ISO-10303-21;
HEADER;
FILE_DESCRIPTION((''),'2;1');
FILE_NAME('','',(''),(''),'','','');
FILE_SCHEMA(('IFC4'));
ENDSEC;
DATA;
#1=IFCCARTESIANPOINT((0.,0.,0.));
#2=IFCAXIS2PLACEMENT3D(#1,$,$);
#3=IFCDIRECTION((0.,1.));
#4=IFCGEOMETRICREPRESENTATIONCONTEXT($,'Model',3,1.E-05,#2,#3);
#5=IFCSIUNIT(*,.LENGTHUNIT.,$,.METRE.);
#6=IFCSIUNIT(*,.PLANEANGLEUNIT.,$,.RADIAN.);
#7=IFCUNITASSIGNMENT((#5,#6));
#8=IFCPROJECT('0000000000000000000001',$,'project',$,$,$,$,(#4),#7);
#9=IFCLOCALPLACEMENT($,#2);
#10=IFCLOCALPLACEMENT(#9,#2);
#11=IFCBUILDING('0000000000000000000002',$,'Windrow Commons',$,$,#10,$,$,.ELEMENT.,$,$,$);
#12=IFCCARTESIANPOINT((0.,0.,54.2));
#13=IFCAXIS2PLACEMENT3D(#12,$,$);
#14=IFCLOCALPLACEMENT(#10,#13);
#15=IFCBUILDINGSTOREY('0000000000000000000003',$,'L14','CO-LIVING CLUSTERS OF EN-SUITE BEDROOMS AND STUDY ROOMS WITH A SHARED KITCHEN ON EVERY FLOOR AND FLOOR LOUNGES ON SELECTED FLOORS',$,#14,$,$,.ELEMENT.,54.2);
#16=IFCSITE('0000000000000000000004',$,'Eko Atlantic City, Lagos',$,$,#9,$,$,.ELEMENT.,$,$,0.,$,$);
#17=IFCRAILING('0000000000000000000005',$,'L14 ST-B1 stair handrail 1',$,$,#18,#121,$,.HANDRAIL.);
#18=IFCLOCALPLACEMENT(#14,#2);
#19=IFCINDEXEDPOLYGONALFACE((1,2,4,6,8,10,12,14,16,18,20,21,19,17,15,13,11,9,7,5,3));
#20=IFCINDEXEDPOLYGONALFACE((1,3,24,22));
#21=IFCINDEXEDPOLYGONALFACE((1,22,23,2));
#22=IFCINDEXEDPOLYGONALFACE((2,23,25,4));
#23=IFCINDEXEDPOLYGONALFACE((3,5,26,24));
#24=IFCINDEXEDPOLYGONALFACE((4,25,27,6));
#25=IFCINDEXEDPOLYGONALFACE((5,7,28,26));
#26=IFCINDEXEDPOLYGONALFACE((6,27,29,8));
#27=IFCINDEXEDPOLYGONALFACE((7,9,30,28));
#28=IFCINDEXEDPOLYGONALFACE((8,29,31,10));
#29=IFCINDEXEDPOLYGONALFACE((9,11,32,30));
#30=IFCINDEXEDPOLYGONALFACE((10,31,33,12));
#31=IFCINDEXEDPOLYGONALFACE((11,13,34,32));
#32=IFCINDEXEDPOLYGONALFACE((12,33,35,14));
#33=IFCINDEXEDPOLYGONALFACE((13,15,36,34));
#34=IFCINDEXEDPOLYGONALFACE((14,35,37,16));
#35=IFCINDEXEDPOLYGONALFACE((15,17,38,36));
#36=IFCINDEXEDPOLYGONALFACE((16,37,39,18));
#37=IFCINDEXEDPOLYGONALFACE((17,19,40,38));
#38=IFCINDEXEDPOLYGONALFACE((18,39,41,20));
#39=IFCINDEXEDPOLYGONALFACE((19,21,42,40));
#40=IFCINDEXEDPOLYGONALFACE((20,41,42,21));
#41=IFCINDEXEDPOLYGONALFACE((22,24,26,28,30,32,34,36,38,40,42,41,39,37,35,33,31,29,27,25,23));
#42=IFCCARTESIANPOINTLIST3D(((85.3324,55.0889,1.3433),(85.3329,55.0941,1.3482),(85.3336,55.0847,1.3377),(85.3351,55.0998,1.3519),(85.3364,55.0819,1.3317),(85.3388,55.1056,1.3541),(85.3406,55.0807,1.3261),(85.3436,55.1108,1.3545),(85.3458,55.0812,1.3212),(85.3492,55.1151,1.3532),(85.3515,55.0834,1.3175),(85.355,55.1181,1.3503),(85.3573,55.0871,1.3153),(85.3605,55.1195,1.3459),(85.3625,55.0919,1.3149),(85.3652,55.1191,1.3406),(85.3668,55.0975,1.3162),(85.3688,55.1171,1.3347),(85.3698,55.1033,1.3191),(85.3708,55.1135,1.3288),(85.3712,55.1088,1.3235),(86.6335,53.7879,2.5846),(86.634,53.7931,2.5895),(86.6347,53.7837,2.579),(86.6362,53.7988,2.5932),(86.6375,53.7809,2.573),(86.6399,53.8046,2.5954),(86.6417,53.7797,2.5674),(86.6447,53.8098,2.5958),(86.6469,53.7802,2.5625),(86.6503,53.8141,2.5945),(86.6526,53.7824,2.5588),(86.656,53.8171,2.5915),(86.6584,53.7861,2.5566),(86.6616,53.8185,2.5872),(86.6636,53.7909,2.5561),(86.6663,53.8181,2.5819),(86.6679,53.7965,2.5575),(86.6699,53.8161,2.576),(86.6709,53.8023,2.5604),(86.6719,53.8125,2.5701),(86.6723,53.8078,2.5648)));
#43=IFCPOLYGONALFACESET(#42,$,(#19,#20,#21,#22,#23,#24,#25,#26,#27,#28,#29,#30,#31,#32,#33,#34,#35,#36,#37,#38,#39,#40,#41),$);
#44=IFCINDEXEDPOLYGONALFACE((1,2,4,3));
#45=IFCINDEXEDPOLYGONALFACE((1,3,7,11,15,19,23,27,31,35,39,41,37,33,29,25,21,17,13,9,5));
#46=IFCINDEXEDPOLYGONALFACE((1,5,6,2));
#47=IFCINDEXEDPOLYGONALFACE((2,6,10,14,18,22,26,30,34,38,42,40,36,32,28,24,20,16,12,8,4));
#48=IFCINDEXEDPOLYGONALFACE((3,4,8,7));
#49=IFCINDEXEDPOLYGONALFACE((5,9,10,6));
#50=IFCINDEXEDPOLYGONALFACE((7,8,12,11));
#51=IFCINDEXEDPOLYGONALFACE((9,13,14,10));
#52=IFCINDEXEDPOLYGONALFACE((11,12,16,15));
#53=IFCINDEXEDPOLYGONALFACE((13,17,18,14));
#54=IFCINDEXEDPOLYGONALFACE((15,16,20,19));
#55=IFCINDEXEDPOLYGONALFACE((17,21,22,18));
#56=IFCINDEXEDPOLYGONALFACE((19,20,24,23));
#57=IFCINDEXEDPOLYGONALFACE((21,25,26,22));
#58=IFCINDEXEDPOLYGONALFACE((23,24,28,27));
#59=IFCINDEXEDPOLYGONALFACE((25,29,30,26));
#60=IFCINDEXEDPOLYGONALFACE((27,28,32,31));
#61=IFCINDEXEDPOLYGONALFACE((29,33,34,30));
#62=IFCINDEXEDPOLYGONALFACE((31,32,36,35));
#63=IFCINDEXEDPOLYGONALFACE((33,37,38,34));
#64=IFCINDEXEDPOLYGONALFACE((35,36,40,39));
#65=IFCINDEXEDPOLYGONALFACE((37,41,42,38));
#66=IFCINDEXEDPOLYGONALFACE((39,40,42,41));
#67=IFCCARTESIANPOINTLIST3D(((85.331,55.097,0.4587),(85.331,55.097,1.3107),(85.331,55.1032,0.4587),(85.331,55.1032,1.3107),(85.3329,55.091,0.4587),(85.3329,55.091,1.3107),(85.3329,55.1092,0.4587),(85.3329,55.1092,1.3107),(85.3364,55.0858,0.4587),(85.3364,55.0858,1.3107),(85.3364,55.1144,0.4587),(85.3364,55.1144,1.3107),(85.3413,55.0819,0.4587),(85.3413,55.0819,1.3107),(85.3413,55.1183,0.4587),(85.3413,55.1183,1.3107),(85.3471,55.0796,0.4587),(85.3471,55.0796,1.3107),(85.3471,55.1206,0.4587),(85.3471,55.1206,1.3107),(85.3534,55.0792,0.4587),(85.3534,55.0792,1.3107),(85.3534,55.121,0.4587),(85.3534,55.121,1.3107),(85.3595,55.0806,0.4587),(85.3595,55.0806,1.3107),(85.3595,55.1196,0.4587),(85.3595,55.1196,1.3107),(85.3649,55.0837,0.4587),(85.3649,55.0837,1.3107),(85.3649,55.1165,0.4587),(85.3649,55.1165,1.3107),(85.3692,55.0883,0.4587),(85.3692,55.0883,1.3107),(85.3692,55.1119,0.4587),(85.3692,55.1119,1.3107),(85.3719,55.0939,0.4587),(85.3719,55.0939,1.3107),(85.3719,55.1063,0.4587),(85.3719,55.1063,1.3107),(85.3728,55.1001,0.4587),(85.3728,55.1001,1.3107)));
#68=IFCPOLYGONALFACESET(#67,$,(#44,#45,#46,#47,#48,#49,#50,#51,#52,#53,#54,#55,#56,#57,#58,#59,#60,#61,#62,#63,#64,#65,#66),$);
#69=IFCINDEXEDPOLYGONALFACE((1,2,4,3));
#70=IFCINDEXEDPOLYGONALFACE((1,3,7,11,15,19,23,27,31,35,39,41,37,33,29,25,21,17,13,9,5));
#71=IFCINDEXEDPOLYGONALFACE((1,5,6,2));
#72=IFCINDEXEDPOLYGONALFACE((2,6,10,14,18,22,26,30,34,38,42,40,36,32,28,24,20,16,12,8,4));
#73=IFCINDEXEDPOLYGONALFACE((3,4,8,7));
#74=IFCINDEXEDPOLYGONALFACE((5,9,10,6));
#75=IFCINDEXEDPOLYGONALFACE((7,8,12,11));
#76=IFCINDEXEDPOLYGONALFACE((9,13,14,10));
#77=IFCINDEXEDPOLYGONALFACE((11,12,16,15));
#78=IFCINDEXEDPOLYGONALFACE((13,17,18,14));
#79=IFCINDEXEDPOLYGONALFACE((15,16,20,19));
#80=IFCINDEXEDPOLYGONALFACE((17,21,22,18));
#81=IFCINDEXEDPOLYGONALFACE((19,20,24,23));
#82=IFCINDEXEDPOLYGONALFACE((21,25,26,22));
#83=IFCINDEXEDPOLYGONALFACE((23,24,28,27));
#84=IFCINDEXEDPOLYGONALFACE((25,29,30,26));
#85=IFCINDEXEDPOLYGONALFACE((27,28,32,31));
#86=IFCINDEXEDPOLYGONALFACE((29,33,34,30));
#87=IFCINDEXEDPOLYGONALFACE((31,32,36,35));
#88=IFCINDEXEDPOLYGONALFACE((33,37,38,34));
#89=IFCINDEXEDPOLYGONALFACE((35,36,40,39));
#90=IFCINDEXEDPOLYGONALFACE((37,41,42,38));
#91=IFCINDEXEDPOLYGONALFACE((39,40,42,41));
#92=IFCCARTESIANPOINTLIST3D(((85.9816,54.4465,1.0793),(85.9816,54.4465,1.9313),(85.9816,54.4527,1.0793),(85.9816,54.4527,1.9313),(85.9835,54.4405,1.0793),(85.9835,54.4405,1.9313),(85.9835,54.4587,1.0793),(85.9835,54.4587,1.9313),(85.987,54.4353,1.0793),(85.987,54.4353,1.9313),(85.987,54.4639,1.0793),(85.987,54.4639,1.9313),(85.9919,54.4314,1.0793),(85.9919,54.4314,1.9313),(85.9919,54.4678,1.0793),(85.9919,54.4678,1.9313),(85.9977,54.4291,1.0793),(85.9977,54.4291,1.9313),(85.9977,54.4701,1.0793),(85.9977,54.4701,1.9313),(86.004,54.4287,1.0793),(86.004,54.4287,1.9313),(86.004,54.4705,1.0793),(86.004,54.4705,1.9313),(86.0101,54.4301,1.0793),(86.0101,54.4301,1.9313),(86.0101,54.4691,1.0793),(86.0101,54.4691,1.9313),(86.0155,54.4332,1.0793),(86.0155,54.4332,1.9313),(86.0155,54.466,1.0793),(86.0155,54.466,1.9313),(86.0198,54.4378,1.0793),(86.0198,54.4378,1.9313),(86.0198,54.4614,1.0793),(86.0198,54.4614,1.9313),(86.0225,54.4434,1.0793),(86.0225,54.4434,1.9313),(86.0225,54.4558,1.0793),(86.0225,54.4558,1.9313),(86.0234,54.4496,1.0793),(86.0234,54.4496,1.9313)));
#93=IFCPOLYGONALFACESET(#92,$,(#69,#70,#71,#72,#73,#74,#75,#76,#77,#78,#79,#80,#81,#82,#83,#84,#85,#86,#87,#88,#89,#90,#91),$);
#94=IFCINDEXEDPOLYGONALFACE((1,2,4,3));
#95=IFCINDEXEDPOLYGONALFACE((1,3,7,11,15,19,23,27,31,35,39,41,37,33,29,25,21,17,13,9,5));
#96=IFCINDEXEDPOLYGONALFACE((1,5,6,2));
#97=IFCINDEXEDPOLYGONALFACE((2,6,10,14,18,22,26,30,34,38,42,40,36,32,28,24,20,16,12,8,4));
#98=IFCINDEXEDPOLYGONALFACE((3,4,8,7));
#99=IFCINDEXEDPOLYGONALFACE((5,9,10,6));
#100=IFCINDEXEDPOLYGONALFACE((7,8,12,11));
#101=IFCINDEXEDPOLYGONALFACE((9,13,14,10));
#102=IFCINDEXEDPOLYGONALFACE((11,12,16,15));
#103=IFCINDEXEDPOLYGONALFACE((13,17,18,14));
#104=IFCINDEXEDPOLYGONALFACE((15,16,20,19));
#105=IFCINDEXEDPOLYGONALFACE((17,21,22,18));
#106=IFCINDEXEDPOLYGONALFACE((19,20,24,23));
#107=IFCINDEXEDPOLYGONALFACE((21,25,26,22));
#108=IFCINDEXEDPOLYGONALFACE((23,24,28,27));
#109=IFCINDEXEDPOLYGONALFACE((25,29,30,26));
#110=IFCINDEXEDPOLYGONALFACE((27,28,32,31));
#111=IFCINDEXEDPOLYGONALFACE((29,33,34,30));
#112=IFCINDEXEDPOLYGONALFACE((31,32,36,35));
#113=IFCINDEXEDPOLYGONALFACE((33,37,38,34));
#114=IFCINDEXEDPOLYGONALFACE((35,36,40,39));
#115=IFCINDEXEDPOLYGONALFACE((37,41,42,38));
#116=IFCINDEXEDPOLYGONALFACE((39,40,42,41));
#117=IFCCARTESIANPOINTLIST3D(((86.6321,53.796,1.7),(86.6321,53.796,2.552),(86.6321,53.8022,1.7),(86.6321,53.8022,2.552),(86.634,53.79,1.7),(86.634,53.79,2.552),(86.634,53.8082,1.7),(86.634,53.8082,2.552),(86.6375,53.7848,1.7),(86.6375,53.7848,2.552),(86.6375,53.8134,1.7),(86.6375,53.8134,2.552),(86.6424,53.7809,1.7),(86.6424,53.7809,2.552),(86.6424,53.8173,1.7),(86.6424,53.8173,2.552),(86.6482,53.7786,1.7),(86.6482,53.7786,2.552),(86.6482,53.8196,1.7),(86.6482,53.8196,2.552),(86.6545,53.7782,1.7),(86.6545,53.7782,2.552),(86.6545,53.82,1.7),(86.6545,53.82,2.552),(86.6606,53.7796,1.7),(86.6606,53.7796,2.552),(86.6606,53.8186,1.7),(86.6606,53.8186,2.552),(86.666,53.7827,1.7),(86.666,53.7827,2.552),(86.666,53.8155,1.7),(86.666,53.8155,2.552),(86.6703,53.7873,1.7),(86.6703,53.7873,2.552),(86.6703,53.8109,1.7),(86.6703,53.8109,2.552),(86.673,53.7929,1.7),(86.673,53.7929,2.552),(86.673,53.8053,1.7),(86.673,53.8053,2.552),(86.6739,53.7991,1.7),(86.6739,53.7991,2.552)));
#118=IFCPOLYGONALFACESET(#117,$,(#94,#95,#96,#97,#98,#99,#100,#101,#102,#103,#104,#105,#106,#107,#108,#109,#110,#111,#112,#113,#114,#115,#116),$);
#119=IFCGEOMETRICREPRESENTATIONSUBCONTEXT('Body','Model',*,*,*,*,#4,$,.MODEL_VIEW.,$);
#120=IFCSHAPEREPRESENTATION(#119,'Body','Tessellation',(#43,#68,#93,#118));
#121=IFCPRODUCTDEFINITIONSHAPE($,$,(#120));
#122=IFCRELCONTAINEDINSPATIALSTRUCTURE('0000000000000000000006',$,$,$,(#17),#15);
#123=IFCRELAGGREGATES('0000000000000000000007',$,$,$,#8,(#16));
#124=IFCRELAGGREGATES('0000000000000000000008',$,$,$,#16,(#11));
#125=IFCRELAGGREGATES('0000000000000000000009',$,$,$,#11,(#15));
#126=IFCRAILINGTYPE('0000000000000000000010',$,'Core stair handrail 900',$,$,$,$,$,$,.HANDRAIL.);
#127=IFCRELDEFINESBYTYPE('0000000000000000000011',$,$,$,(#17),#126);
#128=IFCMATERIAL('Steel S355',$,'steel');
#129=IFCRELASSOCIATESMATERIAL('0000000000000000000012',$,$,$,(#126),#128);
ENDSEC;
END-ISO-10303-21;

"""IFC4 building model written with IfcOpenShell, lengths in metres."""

from ifc_helpers import new_model, si_unit, direction, frame, origin, origin_2d, place, context, subcontext, project, spatial, circle, extrude, material, type_object, element, save


model = new_model("IFC4")

# Units and contexts
model_context = context("Model", 3, precision=1e-05, world=origin(), true_north=direction((0.0, 1.0)))
body_context = subcontext(model_context, "Body", "Model", "MODEL_VIEW")
ifc_project = project(units=[si_unit("LENGTHUNIT", "METRE"), si_unit("PLANEANGLEUNIT", "RADIAN")], contexts=[model_context])

# Site, building, storey
site_placement = place(None, origin())
site = spatial("IfcSite", under=ifc_project, at=site_placement, Name="Eko Atlantic City, Lagos", CompositionType="ELEMENT", RefElevation=0.0)
building_placement = place(site_placement, origin())
building = spatial("IfcBuilding", under=site, at=building_placement, Name="Windrow Commons", CompositionType="ELEMENT")
storey_placement = place(building_placement, frame((0.0, 0.0, 54.2)))
storey = spatial("IfcBuildingStorey", under=building, at=storey_placement, Name="L14", Description="CO-LIVING CLUSTERS OF EN-SUITE BEDROOMS AND STUDY ROOMS WITH A SHARED KITCHEN ON EVERY FLOOR AND FLOOR LOUNGES ON SELECTED FLOORS", CompositionType="ELEMENT", Elevation=54.2)

# Railing
ifc_material_1 = material(Name="Steel S355", Category="steel")
railing_type_1 = type_object("IfcRailingType", Name="Core stair handrail 900", PredefinedType="HANDRAIL", material=ifc_material_1)
railing_1_placement = place(storey_placement, frame((85.3518, 55.1001, 0.4587)))
element("IfcRailing", 1, at=railing_1_placement, inside=storey, type_object=railing_type_1, Name="L14 ST-B1 stair handrail 1", PredefinedType="HANDRAIL", context=body_context, shape_type="SweptSolid", body=[
    extrude(circle(Radius=0.024, at=origin_2d()), frame((0.0, 0.0, 0.876), z_axis=(0.586207, -0.586162, 0.559264), x_axis=(0.70708, 0.707134, 0.0)), (0.0, 0.0, 1.0), 2.2195),
    extrude(circle(Radius=0.021, at=origin_2d()), origin(), (0.0, 0.0, 1.0), 0.852),
    extrude(circle(Radius=0.021, at=origin_2d()), frame((0.6506, -0.6505, 0.6206)), (0.0, 0.0, 1.0), 0.852),
    extrude(circle(Radius=0.021, at=origin_2d()), frame((1.3011, -1.301, 1.2413)), (0.0, 0.0, 1.0), 0.852),
])

save(model, "model.ifc")
